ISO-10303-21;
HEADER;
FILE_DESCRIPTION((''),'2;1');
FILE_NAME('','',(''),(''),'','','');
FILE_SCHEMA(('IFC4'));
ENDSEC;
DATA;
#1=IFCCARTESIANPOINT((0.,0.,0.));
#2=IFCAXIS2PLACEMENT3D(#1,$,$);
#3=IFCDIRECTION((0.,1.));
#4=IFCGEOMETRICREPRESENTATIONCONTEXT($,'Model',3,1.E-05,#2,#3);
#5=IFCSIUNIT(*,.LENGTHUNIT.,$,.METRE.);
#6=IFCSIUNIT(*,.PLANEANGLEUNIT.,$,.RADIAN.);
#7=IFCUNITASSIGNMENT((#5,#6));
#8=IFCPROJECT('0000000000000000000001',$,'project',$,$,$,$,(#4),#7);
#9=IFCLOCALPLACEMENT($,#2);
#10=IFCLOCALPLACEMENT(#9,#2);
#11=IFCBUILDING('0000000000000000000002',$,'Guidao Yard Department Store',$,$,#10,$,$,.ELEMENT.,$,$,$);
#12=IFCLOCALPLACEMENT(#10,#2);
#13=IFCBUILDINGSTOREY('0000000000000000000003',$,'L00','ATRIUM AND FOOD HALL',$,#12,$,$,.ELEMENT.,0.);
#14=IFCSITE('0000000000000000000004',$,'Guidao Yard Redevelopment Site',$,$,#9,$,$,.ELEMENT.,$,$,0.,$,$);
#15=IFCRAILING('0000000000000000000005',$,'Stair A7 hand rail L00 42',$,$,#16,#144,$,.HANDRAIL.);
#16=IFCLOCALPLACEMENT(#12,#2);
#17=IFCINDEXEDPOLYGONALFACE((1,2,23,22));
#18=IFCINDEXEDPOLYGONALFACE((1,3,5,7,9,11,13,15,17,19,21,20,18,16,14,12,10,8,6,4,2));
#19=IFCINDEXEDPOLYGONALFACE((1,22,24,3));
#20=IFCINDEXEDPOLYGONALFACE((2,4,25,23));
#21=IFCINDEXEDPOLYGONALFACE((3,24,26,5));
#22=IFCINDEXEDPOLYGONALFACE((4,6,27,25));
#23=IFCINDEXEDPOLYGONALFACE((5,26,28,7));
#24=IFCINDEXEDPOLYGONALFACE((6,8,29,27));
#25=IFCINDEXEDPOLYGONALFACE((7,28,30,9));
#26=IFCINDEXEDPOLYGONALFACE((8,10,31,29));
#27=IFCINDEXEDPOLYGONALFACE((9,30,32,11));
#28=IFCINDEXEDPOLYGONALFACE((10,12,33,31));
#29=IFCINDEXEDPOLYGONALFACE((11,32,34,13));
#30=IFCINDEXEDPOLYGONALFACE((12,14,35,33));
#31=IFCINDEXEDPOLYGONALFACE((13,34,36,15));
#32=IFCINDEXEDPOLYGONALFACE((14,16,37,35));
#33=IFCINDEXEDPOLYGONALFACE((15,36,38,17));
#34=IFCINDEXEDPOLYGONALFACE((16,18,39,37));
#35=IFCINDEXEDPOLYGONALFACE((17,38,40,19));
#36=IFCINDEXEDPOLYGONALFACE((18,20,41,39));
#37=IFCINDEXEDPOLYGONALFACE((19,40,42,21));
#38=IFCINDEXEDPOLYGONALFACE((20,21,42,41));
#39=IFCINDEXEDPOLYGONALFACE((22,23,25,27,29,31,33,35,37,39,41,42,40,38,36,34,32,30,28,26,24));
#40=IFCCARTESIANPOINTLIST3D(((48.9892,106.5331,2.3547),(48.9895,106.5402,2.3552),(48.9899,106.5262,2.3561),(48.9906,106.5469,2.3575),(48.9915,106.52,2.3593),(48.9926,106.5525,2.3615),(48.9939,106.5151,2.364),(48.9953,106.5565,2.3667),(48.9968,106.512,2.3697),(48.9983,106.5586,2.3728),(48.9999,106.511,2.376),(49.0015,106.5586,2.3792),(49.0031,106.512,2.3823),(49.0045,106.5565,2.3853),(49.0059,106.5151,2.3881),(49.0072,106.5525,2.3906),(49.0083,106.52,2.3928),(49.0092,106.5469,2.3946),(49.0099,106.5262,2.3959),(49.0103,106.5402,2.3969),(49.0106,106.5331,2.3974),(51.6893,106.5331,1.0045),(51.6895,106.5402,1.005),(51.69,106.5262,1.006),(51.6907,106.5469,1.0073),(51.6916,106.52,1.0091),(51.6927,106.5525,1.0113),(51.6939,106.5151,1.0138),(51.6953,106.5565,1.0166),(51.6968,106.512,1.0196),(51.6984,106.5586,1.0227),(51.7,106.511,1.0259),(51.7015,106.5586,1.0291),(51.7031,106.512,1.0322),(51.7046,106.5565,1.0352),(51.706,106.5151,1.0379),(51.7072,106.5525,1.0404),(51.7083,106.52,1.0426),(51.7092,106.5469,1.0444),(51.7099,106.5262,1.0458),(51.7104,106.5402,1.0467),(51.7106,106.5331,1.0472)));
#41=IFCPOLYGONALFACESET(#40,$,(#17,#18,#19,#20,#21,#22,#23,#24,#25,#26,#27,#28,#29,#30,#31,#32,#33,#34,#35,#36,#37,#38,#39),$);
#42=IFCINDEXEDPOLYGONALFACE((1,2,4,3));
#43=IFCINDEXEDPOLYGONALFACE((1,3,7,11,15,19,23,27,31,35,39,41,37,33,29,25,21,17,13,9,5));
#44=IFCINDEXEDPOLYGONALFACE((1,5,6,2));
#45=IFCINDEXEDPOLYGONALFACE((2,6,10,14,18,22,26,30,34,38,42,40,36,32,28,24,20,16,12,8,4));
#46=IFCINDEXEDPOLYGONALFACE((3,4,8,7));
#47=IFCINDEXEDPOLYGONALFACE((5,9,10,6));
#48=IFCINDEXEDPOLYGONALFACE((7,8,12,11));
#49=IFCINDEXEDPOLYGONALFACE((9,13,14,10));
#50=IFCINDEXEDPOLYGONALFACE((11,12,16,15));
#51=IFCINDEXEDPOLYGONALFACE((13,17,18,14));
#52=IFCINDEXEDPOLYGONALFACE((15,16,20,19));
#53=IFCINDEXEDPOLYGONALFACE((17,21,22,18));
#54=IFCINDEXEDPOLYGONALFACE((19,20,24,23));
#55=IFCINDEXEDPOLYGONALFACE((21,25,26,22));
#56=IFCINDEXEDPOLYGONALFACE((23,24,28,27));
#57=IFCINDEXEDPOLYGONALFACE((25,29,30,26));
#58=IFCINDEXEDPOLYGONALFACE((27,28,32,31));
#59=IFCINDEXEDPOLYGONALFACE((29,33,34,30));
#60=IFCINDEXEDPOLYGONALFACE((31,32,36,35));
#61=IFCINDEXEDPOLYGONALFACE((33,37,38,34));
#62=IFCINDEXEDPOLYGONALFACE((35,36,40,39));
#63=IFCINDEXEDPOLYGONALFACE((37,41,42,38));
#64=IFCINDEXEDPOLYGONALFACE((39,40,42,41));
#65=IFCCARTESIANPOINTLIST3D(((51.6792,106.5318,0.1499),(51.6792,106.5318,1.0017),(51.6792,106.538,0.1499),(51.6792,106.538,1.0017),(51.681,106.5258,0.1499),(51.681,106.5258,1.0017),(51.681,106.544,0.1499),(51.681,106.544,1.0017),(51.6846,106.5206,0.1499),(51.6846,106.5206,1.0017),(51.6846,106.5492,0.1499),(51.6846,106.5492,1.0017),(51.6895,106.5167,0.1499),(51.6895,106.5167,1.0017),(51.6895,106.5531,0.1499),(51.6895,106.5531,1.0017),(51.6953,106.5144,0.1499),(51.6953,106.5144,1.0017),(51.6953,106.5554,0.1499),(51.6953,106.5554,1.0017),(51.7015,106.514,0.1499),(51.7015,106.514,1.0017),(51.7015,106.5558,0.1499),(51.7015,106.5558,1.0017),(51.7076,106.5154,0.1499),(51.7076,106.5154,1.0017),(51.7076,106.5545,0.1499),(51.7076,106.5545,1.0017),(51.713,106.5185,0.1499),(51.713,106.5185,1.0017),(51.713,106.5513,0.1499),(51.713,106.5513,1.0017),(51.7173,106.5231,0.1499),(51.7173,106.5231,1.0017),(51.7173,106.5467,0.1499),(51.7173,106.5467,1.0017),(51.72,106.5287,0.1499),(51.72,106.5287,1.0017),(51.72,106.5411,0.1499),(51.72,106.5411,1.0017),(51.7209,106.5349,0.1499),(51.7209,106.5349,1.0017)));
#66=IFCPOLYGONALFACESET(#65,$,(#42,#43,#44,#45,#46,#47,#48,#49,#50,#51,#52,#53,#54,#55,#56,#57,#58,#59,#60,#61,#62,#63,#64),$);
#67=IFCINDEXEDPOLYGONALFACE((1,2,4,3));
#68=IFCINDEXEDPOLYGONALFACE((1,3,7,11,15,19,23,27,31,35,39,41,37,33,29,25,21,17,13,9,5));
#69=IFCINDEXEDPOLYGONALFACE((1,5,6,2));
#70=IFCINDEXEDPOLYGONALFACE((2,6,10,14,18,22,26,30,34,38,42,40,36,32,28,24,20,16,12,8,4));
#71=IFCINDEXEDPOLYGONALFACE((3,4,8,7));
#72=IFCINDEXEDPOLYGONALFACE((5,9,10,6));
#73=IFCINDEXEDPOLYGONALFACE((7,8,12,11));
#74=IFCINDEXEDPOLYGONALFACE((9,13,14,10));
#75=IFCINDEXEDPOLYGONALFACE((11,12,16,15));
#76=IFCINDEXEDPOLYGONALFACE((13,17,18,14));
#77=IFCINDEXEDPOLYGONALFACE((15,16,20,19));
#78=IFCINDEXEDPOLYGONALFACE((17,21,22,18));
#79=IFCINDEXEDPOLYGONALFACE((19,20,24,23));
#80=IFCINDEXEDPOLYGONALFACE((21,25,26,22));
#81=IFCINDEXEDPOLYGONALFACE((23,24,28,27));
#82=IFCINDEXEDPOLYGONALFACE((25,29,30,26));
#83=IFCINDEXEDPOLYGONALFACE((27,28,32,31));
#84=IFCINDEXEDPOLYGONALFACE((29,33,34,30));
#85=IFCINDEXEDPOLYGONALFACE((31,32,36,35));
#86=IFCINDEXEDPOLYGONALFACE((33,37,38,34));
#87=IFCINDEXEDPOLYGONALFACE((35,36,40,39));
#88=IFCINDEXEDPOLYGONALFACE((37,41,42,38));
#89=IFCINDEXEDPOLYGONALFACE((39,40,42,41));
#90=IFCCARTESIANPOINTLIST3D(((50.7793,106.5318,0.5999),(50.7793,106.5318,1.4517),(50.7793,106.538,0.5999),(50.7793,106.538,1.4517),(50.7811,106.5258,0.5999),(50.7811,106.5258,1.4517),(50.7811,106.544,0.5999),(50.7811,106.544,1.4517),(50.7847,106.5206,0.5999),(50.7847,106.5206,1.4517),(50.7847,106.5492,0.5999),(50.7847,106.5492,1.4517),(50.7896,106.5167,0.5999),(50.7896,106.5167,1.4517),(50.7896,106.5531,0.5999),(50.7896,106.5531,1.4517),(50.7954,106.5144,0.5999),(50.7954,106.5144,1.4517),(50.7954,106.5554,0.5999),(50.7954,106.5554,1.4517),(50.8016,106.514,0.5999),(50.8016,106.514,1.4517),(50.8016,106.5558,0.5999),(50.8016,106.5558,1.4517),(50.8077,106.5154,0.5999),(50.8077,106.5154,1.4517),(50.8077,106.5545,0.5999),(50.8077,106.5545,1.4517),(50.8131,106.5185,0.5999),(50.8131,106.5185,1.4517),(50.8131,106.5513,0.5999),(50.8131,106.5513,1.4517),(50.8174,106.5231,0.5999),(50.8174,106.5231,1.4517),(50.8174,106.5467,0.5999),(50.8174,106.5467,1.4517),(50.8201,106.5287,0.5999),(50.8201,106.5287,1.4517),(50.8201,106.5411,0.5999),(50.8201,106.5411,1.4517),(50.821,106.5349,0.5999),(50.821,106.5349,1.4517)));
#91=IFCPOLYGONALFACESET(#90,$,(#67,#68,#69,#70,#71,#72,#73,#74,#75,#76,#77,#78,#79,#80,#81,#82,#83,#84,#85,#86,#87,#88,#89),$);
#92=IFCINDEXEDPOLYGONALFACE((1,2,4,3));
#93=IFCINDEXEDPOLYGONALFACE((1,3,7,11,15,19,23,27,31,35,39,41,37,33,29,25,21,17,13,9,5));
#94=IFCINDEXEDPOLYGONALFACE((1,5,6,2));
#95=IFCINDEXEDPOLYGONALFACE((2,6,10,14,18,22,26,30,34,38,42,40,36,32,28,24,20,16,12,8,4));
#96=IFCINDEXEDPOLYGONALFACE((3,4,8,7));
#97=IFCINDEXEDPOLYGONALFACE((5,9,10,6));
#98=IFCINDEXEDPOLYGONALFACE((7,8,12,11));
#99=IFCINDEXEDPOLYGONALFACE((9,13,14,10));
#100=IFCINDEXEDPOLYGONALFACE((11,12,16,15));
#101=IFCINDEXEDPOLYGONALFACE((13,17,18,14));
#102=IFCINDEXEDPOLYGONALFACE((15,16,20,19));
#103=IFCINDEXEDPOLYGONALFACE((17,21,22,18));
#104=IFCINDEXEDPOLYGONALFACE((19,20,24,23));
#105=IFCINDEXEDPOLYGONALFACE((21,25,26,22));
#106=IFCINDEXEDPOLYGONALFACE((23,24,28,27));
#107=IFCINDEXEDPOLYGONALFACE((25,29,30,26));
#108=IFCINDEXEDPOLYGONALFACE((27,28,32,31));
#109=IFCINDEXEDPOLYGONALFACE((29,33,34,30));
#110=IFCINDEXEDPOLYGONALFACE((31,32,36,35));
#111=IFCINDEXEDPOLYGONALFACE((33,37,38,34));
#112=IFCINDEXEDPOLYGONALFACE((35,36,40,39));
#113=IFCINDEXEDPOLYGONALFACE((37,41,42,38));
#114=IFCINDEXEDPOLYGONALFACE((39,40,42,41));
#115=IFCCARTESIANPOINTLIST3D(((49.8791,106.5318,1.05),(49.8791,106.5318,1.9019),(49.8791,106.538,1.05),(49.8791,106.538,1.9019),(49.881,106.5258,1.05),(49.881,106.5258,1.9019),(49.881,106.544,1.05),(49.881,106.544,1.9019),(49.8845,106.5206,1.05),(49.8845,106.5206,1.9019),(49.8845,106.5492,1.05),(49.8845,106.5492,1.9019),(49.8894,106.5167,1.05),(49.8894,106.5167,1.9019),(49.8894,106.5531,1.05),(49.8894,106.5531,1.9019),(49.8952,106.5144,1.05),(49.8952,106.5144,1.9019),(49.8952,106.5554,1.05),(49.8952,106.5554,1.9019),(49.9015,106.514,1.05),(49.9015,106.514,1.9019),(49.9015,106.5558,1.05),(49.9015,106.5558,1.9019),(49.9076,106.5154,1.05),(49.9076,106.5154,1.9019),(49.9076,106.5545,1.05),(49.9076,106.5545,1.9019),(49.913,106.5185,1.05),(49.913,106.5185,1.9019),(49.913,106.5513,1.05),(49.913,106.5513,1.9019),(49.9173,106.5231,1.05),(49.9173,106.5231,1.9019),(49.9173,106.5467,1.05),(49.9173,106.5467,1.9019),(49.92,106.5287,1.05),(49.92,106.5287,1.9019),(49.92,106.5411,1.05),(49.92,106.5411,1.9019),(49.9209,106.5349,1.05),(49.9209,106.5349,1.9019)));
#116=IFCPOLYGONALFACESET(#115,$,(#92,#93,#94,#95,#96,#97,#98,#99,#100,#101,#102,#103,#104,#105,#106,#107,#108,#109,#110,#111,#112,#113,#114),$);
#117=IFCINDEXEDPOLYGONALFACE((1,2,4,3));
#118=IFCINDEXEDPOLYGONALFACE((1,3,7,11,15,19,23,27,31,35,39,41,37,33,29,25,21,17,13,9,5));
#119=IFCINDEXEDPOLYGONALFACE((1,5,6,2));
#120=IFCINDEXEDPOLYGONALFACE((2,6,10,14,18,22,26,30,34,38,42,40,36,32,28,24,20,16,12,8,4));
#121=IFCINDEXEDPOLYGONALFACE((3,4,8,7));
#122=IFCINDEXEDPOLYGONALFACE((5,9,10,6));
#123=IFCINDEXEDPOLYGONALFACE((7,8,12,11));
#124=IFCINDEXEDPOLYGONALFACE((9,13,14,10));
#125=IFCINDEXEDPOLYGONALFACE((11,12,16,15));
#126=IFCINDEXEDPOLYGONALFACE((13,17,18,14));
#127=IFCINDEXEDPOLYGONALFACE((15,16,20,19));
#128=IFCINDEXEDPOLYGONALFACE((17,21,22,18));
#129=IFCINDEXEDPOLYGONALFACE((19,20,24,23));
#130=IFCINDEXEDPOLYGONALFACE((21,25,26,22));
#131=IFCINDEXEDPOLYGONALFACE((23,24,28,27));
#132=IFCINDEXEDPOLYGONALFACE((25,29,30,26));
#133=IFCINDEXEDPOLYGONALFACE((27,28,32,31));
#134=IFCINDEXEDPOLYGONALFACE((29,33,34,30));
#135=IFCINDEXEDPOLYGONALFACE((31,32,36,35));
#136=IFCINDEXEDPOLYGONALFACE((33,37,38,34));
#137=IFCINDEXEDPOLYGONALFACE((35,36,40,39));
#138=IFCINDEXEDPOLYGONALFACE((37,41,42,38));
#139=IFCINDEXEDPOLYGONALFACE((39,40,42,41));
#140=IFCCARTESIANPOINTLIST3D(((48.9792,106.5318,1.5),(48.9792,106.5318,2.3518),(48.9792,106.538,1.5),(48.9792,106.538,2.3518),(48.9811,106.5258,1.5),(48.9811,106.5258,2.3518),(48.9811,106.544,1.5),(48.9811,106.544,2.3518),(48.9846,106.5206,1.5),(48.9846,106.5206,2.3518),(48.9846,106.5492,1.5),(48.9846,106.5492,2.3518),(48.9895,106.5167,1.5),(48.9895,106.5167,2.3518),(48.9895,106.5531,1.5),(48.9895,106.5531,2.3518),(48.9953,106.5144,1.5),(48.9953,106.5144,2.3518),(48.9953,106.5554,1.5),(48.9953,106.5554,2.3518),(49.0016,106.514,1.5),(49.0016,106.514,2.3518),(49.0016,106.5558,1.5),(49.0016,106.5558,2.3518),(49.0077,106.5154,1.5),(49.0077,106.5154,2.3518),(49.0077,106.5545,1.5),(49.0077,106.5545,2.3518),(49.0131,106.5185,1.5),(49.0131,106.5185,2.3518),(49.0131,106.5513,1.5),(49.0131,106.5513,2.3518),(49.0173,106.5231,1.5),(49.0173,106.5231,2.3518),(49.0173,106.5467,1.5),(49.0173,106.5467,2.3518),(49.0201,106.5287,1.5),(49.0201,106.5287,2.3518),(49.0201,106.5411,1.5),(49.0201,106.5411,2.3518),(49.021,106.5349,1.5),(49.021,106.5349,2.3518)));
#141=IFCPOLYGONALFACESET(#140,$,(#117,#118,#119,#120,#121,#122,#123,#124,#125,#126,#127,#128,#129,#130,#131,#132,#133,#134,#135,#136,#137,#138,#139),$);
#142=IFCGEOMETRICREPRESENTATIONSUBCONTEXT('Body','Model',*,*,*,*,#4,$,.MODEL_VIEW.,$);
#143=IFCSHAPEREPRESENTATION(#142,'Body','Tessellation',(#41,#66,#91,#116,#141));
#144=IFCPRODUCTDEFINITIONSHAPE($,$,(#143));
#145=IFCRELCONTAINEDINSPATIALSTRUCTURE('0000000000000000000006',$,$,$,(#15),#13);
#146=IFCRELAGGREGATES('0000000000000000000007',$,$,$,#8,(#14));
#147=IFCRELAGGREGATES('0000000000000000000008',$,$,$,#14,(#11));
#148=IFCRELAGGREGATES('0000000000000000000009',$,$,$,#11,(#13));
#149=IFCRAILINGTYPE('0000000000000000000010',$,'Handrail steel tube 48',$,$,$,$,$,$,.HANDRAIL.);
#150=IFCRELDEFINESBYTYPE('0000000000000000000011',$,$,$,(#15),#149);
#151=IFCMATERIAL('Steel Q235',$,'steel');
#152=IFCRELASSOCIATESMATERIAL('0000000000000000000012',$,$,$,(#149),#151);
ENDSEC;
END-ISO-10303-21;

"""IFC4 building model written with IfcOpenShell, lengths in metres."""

from ifc_helpers import new_model, si_unit, direction, frame, origin, origin_2d, place, context, subcontext, project, spatial, circle, extrude, material, type_object, element, save


model = new_model("IFC4")

# Units and contexts
model_context = context("Model", 3, precision=1e-05, world=origin(), true_north=direction((0.0, 1.0)))
body_context = subcontext(model_context, "Body", "Model", "MODEL_VIEW")
ifc_project = project(units=[si_unit("LENGTHUNIT", "METRE"), si_unit("PLANEANGLEUNIT", "RADIAN")], contexts=[model_context])

# Site, building, storey
site_placement = place(None, origin())
site = spatial("IfcSite", under=ifc_project, at=site_placement, Name="Guidao Yard Redevelopment Site", CompositionType="ELEMENT", RefElevation=0.0)
building_placement = place(site_placement, origin())
building = spatial("IfcBuilding", under=site, at=building_placement, Name="Guidao Yard Department Store", CompositionType="ELEMENT")
storey_placement = place(building_placement, origin())
storey = spatial("IfcBuildingStorey", under=building, at=storey_placement, Name="L00", Description="ATRIUM AND FOOD HALL", CompositionType="ELEMENT", Elevation=0.0)

# Railing
ifc_material_1 = material(Name="Steel Q235", Category="steel")
railing_type_1 = type_object("IfcRailingType", Name="Handrail steel tube 48", PredefinedType="HANDRAIL", material=ifc_material_1)
for number, where, name in (
    (1, (51.7, 106.5349, 0.1499), "Stair A7 hand rail L00 42"),
):
    element("IfcRailing", number, at=place(storey_placement, frame(where)), inside=storey, type_object=railing_type_1, Name=name, PredefinedType="HANDRAIL", context=body_context, shape_type="SweptSolid", body=[
        extrude(circle(Radius=0.0239, at=origin_2d()), frame((0.0, 0.0, 0.876), z_axis=(-0.894411, 0.0, 0.447246), x_axis=(0.0, -1.0, 0.0)), (0.0, 0.0, 1.0), 3.0188),
        extrude(circle(Radius=0.021, at=origin_2d()), origin(), (0.0, 0.0, 1.0), 0.8518),
        extrude(circle(Radius=0.021, at=origin_2d()), frame((-0.8999, 0.0, 0.45)), (0.0, 0.0, 1.0), 0.8518),
        extrude(circle(Radius=0.021, at=origin_2d()), frame((-1.8, 0.0, 0.9001)), (0.0, 0.0, 1.0), 0.8518),
        extrude(circle(Radius=0.021, at=origin_2d()), frame((-2.7, 0.0, 1.3501)), (0.0, 0.0, 1.0), 0.8518),
    ])

save(model, "model.ifc")
